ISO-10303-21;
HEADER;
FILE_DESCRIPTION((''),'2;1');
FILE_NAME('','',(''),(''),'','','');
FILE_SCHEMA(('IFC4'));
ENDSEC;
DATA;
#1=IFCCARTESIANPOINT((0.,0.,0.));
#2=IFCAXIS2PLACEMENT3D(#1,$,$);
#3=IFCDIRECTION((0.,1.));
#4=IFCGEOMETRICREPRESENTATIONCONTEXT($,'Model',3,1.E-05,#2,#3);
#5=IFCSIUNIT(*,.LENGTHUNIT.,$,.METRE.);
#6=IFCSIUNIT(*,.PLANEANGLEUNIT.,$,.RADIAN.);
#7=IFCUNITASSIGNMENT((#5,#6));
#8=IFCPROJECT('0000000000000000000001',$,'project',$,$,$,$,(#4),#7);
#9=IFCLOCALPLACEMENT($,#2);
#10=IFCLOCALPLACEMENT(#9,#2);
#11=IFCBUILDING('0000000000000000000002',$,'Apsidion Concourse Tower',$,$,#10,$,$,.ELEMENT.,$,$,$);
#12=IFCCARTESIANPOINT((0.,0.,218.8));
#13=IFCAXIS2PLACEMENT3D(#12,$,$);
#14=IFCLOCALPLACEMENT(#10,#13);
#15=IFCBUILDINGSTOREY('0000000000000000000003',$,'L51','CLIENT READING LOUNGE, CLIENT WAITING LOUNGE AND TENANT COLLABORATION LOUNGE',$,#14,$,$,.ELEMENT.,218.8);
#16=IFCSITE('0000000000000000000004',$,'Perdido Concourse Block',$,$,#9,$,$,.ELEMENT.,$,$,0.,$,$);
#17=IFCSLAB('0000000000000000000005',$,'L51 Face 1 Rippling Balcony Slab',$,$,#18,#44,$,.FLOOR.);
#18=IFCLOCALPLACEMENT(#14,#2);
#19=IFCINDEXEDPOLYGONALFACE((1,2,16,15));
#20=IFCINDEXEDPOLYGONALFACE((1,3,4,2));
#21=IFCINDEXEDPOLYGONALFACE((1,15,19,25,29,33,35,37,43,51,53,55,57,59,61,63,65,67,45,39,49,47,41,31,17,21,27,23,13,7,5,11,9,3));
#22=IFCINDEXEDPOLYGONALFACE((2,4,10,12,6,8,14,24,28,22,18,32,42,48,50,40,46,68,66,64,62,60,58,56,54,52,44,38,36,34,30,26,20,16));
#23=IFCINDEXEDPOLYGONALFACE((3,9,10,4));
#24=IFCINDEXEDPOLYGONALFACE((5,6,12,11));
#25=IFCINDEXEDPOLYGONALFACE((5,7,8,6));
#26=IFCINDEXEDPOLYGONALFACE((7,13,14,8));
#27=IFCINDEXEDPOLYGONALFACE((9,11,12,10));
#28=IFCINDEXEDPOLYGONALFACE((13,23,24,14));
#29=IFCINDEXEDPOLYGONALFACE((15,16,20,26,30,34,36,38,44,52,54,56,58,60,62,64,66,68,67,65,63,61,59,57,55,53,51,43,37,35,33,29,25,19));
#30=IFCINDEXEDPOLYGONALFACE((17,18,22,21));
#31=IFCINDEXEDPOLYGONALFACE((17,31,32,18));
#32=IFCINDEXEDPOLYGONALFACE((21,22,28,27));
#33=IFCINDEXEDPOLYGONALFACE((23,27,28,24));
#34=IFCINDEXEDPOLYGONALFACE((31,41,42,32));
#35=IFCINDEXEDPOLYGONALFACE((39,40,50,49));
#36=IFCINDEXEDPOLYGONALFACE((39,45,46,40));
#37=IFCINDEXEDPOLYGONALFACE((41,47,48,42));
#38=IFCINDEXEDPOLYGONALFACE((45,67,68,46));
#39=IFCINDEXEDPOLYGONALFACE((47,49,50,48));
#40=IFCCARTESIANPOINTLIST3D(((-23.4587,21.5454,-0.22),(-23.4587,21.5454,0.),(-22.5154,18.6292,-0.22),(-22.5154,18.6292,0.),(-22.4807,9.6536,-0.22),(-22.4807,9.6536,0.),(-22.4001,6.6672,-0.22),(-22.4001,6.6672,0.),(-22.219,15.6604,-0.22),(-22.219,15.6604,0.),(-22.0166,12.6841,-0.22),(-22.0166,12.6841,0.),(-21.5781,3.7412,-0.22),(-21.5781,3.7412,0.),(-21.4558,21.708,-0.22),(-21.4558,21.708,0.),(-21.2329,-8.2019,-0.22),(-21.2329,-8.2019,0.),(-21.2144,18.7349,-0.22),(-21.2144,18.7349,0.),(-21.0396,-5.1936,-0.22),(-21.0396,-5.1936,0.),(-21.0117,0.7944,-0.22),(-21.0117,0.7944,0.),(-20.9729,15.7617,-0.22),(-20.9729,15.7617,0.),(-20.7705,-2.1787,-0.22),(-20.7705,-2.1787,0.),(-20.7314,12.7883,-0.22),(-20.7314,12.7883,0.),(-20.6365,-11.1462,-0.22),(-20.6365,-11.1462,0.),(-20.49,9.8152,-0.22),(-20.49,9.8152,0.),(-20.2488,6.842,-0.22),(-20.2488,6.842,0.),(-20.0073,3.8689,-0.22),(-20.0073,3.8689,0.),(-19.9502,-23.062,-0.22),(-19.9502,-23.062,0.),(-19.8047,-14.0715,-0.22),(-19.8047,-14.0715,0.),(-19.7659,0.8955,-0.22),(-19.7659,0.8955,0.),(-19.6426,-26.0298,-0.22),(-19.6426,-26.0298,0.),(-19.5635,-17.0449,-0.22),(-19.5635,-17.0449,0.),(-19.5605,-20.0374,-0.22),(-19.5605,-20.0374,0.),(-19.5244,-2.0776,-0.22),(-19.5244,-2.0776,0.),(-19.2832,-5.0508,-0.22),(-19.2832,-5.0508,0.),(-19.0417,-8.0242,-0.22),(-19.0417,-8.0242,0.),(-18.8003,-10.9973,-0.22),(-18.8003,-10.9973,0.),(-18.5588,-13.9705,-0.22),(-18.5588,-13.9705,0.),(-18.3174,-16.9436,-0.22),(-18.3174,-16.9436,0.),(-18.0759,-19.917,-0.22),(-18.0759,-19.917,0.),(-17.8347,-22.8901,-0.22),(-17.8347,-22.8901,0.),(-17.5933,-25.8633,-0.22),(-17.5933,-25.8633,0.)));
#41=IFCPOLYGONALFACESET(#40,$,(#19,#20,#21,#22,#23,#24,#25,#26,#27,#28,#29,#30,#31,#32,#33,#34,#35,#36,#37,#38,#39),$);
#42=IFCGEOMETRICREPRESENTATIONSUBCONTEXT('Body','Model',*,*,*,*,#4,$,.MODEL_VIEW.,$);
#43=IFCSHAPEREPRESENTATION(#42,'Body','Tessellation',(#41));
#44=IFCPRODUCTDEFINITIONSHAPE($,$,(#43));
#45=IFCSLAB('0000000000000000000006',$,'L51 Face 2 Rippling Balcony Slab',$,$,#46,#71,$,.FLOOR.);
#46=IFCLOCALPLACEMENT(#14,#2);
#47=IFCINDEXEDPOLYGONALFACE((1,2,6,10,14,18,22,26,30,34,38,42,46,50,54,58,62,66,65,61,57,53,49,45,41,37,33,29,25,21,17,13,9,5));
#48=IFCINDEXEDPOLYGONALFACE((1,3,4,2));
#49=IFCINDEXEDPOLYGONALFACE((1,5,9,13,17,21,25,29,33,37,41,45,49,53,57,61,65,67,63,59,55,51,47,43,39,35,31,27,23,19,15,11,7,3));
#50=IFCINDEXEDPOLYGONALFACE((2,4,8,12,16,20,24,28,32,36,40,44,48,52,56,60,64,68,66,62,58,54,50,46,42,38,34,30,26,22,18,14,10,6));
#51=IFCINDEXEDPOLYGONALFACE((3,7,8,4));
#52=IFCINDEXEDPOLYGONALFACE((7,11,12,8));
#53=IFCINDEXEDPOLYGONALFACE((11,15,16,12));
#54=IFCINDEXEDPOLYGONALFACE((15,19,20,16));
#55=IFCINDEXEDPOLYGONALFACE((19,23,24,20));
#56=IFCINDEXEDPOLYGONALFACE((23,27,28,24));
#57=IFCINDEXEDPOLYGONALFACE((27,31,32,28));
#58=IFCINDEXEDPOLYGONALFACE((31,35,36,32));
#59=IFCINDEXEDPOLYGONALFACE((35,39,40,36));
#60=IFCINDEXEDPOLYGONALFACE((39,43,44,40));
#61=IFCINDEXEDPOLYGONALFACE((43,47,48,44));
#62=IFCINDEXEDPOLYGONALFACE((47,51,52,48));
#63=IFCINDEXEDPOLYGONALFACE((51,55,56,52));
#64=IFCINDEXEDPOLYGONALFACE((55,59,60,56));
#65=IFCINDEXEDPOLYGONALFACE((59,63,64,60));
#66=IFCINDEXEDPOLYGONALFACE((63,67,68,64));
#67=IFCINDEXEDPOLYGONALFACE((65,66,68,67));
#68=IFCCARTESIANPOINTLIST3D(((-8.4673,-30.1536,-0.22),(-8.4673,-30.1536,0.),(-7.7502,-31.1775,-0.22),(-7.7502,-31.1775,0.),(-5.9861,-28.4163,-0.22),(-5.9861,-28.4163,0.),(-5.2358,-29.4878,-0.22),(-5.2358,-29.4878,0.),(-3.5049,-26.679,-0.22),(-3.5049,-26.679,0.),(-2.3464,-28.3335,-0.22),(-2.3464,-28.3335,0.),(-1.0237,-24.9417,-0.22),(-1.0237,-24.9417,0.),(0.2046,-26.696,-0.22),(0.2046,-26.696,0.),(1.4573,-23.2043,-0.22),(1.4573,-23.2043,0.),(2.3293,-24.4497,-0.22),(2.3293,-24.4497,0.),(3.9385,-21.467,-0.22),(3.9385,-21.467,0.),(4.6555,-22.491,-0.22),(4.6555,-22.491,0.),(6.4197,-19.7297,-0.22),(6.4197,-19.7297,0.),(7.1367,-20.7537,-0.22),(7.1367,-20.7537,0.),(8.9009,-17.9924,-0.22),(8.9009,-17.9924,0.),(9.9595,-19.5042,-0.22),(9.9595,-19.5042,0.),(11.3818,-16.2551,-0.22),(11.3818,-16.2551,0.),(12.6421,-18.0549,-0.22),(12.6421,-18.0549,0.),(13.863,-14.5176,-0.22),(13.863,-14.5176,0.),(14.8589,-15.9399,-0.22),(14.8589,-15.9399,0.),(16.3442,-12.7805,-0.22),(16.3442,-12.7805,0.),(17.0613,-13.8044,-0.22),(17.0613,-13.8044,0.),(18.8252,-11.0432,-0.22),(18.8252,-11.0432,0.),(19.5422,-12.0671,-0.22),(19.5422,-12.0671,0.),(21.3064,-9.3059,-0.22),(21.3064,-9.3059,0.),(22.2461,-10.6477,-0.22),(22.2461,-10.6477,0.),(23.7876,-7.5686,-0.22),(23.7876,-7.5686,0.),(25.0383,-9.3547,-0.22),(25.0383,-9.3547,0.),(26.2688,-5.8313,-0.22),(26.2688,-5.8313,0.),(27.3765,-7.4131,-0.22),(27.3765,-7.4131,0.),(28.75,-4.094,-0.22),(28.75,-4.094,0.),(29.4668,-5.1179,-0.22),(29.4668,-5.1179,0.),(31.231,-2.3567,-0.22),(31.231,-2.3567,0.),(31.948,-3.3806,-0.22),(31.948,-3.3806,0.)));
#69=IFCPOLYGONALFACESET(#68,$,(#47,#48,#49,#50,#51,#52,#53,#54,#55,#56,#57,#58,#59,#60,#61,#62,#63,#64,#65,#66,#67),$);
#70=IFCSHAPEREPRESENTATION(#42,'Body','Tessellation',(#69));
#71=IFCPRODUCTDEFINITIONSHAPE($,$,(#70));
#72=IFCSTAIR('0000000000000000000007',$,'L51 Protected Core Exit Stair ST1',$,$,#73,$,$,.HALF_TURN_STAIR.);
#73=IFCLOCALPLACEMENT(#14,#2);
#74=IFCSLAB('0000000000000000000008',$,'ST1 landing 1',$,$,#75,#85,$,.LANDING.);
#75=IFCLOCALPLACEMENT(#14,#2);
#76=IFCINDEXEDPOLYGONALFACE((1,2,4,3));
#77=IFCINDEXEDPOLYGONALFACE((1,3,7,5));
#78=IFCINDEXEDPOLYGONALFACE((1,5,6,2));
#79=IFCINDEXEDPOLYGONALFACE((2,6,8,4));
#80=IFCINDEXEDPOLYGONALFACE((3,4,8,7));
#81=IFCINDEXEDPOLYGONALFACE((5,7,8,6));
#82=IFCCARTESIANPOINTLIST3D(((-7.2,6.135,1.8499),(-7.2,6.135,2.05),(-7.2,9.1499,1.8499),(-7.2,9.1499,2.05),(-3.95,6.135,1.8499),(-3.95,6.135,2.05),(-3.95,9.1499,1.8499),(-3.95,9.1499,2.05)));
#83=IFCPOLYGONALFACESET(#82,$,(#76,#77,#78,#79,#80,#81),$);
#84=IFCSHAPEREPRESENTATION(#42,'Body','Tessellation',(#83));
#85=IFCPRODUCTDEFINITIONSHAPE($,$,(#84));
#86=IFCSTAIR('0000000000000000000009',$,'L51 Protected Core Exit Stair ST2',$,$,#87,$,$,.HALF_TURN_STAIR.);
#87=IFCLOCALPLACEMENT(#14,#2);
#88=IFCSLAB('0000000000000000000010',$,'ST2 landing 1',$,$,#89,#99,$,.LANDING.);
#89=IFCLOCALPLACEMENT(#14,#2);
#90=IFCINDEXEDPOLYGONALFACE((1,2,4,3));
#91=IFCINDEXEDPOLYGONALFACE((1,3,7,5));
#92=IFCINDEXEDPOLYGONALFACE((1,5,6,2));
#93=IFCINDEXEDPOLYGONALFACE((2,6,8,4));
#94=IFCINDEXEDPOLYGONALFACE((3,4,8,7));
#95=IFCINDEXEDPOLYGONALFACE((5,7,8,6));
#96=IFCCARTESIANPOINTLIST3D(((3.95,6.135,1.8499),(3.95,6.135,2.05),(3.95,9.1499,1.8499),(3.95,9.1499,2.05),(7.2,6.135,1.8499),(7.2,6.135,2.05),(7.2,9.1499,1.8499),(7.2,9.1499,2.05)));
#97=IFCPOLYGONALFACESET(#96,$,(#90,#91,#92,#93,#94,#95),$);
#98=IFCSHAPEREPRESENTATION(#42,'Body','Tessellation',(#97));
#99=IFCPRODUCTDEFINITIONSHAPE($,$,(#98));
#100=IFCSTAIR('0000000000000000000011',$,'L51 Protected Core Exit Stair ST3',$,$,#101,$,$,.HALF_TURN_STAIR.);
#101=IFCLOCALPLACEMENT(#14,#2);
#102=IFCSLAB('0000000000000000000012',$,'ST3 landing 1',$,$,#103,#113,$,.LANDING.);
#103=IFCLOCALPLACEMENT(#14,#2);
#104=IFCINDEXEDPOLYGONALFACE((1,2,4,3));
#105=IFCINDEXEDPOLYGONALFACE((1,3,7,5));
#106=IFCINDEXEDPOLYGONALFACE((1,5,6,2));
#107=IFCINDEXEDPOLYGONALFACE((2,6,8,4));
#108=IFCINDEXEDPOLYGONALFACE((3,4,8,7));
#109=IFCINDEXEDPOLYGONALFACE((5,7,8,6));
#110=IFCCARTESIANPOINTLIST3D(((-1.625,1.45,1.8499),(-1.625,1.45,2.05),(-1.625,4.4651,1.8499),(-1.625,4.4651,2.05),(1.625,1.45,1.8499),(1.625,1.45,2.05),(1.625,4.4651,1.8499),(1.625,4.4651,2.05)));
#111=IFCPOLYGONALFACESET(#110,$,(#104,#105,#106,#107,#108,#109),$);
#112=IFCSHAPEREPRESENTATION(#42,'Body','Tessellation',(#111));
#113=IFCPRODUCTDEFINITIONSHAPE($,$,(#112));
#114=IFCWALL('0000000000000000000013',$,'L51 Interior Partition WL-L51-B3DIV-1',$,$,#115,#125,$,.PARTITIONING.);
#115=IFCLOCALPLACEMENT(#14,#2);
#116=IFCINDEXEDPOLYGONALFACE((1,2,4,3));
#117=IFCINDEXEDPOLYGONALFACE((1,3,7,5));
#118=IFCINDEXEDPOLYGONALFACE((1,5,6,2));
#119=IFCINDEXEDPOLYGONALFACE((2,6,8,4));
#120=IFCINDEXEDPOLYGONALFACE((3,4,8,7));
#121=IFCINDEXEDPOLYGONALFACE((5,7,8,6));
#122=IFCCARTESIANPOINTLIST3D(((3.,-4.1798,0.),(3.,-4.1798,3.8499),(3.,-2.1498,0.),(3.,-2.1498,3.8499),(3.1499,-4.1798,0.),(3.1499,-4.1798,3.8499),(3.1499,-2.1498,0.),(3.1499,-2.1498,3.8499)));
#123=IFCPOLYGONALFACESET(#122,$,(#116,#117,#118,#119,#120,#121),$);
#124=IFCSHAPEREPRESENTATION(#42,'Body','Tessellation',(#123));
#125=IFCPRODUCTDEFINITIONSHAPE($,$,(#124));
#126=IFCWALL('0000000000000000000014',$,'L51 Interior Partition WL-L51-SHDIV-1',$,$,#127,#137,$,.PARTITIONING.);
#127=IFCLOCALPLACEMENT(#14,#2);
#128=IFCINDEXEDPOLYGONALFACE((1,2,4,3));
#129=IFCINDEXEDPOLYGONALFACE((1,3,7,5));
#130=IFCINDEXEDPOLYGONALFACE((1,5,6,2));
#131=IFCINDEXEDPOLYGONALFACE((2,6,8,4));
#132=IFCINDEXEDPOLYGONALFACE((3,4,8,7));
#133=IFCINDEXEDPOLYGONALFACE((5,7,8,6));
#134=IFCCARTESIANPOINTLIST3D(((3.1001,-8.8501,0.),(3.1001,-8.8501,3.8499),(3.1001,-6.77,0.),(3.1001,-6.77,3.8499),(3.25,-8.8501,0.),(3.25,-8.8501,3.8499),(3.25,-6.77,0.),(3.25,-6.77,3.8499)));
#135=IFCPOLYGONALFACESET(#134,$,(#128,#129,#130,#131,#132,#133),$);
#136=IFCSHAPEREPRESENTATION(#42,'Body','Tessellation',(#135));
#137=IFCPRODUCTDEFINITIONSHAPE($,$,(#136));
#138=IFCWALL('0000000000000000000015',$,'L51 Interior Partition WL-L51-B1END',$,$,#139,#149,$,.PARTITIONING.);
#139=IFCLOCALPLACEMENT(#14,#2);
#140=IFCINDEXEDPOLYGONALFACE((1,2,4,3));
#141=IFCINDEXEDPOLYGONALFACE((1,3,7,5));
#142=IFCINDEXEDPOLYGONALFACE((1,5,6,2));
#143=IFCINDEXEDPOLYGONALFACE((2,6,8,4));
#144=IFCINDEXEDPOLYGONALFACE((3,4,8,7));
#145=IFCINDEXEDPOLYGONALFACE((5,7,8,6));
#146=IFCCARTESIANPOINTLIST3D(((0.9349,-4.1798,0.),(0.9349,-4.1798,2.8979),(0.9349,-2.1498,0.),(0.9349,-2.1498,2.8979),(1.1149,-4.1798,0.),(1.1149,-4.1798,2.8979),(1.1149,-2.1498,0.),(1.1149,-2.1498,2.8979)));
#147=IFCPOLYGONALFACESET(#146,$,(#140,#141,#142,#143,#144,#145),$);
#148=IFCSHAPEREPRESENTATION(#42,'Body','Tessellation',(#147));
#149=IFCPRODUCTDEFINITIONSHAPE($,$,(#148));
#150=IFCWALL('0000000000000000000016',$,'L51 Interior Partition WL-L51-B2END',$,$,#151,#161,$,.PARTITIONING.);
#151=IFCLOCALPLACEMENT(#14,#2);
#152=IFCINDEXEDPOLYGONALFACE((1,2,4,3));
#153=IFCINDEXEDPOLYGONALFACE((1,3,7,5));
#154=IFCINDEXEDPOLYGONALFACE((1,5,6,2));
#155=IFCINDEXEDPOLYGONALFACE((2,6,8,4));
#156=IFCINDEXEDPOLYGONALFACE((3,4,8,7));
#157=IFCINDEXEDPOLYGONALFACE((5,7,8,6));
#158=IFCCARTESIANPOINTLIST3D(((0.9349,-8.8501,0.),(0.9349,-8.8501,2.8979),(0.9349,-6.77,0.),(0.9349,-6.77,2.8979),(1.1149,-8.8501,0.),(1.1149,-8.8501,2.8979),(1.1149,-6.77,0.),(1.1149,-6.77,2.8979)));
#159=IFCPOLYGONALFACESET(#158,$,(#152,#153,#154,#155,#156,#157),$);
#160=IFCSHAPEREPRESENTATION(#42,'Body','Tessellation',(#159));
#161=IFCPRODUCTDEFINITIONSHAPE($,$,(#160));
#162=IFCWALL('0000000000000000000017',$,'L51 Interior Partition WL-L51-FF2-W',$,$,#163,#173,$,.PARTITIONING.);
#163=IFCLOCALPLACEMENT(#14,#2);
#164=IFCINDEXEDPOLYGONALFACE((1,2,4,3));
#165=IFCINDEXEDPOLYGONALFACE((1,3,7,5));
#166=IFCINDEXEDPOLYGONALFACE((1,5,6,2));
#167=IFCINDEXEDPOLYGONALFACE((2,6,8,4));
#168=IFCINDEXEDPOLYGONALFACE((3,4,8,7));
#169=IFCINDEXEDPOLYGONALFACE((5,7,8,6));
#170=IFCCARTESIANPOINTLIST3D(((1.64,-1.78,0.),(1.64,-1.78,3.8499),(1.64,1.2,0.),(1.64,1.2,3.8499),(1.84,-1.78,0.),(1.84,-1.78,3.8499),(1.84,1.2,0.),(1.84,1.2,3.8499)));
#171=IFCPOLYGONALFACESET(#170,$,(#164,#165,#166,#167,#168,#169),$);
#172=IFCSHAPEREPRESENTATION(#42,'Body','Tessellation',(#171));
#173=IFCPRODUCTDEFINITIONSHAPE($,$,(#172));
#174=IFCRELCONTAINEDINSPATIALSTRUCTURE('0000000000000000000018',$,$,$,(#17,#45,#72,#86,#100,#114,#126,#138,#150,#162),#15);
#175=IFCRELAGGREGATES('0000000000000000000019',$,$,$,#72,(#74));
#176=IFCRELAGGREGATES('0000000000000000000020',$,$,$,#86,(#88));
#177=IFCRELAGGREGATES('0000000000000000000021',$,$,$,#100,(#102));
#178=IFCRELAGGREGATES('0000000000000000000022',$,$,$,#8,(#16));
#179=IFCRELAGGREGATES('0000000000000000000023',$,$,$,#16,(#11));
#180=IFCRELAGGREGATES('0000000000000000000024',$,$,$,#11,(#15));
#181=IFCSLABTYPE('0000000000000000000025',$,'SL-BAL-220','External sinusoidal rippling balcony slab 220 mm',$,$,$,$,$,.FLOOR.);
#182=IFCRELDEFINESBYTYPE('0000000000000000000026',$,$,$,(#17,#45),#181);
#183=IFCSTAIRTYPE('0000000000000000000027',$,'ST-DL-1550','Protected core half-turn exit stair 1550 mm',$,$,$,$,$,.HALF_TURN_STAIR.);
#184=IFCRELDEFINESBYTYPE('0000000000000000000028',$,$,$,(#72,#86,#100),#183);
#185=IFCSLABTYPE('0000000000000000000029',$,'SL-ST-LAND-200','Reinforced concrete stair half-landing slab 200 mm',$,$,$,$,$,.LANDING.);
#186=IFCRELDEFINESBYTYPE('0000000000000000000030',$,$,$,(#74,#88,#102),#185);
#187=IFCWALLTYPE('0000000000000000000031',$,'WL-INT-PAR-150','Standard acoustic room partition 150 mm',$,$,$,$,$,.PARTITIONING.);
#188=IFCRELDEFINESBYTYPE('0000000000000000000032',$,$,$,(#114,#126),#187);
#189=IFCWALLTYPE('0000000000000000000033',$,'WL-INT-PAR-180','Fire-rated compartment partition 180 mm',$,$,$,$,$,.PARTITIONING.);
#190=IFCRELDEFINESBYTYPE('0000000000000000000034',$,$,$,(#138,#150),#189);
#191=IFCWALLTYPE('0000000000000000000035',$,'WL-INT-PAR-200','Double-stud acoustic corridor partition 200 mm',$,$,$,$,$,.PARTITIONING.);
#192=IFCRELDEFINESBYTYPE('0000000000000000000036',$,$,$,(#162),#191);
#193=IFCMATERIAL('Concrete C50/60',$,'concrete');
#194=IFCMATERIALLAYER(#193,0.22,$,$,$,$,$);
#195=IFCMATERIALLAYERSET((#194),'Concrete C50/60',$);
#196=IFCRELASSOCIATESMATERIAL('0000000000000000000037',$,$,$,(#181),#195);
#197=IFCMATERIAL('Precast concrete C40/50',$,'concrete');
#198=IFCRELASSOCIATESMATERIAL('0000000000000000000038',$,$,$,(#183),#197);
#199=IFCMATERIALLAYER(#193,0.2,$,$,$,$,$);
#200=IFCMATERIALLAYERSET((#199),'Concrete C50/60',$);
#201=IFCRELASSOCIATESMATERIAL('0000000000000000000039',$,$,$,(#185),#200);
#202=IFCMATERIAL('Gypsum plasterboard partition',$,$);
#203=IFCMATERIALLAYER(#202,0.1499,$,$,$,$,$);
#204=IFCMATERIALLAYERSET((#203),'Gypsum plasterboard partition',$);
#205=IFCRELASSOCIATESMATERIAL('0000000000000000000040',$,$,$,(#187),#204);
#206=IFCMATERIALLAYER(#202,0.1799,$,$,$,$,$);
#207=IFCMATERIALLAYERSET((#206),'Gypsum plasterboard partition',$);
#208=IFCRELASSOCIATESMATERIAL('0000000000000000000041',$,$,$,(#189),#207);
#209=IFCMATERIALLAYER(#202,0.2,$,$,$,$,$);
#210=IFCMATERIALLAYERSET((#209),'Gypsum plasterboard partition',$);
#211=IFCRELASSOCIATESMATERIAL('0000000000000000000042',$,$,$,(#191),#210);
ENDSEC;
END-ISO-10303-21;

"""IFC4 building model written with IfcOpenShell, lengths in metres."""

from ifc_helpers import new_model, si_unit, direction, frame, frame_2d, origin, place, context, subcontext, project, spatial, polyline, rectangle, outline, extrude, material, layer, layer_set, type_object, element, aggregate, save


model = new_model("IFC4")

# Units and contexts
model_context = context("Model", 3, precision=1e-05, world=origin(), true_north=direction((0.0, 1.0)))
body_context = subcontext(model_context, "Body", "Model", "MODEL_VIEW")
ifc_project = project(units=[si_unit("LENGTHUNIT", "METRE"), si_unit("PLANEANGLEUNIT", "RADIAN")], contexts=[model_context])

# Site, building, storey
site_placement = place(None, origin())
site = spatial("IfcSite", under=ifc_project, at=site_placement, Name="Perdido Concourse Block", CompositionType="ELEMENT", RefElevation=0.0)
building_placement = place(site_placement, origin())
building = spatial("IfcBuilding", under=site, at=building_placement, Name="Apsidion Concourse Tower", CompositionType="ELEMENT")
storey_placement = place(building_placement, frame((0.0, 0.0, 218.8)))
storey = spatial("IfcBuildingStorey", under=building, at=storey_placement, Name="L51", Description="CLIENT READING LOUNGE, CLIENT WAITING LOUNGE AND TENANT COLLABORATION LOUNGE", CompositionType="ELEMENT", Elevation=218.8)

# Shared definitions
ifc_material_1 = material(Name="Concrete C50/60", Category="concrete")

# Slabs
ifc_layer_1 = layer(ifc_material_1, 0.22)
ifc_layer_set_1 = layer_set([ifc_layer_1], Name="Concrete C50/60")
slab_type_1 = type_object("IfcSlabType", Name="SL-BAL-220", Description="External sinusoidal rippling balcony slab 220 mm", PredefinedType="FLOOR", material=ifc_layer_set_1)
slab_1_placement = place(storey_placement, frame((0.0, 0.0, -0.22)))
element("IfcSlab", 1, at=slab_1_placement, inside=storey, type_object=slab_type_1, Name="L51 Face 1 Rippling Balcony Slab", PredefinedType="FLOOR", context=body_context, shape_type="SweptSolid", body=[
    extrude(outline(polyline([(-21.4558, 21.708), (-21.2144, 18.7349), (-20.9729, 15.7617), (-20.7314, 12.7883), (-20.49, 9.8152), (-20.2488, 6.842), (-20.0073, 3.8689), (-19.7659, 0.8955), (-19.5244, -2.0776), (-19.2832, -5.0508), (-19.0417, -8.0242), (-18.8003, -10.9973), (-18.5588, -13.9705), (-18.3174, -16.9436), (-18.0759, -19.917), (-17.8347, -22.8901), (-17.5933, -25.8633), (-19.6426, -26.0298), (-19.9502, -23.062), (-19.5605, -20.0374), (-19.5635, -17.0449), (-19.8047, -14.0715), (-20.6365, -11.1462), (-21.2329, -8.2019), (-21.0396, -5.1936), (-20.7705, -2.1787), (-21.0117, 0.7944), (-21.5781, 3.7412), (-22.4001, 6.6672), (-22.4807, 9.6536), (-22.0166, 12.6841), (-22.219, 15.6604), (-22.5154, 18.6292), (-23.4587, 21.5454), (-21.4558, 21.708)])), origin(), (0.0, 0.0, 1.0), 0.22),
])
slab_2_placement = place(storey_placement, frame((0.0, 0.0, -0.22)))
element("IfcSlab", 2, at=slab_2_placement, inside=storey, type_object=slab_type_1, Name="L51 Face 2 Rippling Balcony Slab", PredefinedType="FLOOR", context=body_context, shape_type="SweptSolid", body=[
    extrude(outline(polyline([(-8.4673, -30.1536), (-5.9861, -28.4163), (-3.5049, -26.679), (-1.0237, -24.9417), (1.4573, -23.2043), (3.9385, -21.467), (6.4197, -19.7297), (8.9009, -17.9924), (11.3818, -16.2551), (13.863, -14.5176), (16.3442, -12.7805), (18.8252, -11.0432), (21.3064, -9.3059), (23.7876, -7.5686), (26.2688, -5.8313), (28.75, -4.094), (31.231, -2.3567), (31.948, -3.3806), (29.4668, -5.1179), (27.3765, -7.4131), (25.0383, -9.3547), (22.2461, -10.6477), (19.5422, -12.0671), (17.0613, -13.8044), (14.8589, -15.9399), (12.6421, -18.0549), (9.9595, -19.5042), (7.1367, -20.7537), (4.6555, -22.491), (2.3293, -24.4497), (0.2046, -26.696), (-2.3464, -28.3335), (-5.2358, -29.4878), (-7.7502, -31.1775), (-8.4673, -30.1536)])), origin(), (0.0, 0.0, 1.0), 0.22),
])

# Stairs, slabs
ifc_material_2 = material(Name="Precast concrete C40/50", Category="concrete")
stair_type = type_object("IfcStairType", Name="ST-DL-1550", Description="Protected core half-turn exit stair 1550 mm", PredefinedType="HALF_TURN_STAIR", material=ifc_material_2)
stair_1_placement = place(storey_placement, origin())
stair_1 = element("IfcStair", 3, at=stair_1_placement, inside=storey, type_object=stair_type, Name="L51 Protected Core Exit Stair ST1", PredefinedType="HALF_TURN_STAIR")
ifc_layer_2 = layer(ifc_material_1, 0.2)
ifc_layer_set_2 = layer_set([ifc_layer_2], Name="Concrete C50/60")
slab_type_2 = type_object("IfcSlabType", Name="SL-ST-LAND-200", Description="Reinforced concrete stair half-landing slab 200 mm", PredefinedType="LANDING", material=ifc_layer_set_2)
slab_3_placement = place(storey_placement, frame((0.0, 0.0, 1.8499)))
slab_3 = element("IfcSlab", 4, at=slab_3_placement, type_object=slab_type_2, Name="ST1 landing 1", PredefinedType="LANDING", context=body_context, shape_type="SweptSolid", body=[
    extrude(outline(polyline([(-3.95, 6.135), (-3.95, 9.1499), (-7.2, 9.1499), (-7.2, 6.135), (-3.95, 6.135)])), origin(), (0.0, 0.0, 1.0), 0.2002),
])
aggregate(stair_1, [slab_3])
stair_2_placement = place(storey_placement, origin())
stair_2 = element("IfcStair", 5, at=stair_2_placement, inside=storey, type_object=stair_type, Name="L51 Protected Core Exit Stair ST2", PredefinedType="HALF_TURN_STAIR")
slab_4_placement = place(storey_placement, frame((0.0, 0.0, 1.8499)))
slab_4 = element("IfcSlab", 6, at=slab_4_placement, type_object=slab_type_2, Name="ST2 landing 1", PredefinedType="LANDING", context=body_context, shape_type="SweptSolid", body=[
    extrude(outline(polyline([(7.2, 6.135), (7.2, 9.1499), (3.95, 9.1499), (3.95, 6.135), (7.2, 6.135)])), origin(), (0.0, 0.0, 1.0), 0.2002),
])
aggregate(stair_2, [slab_4])
stair_3_placement = place(storey_placement, origin())
stair_3 = element("IfcStair", 7, at=stair_3_placement, inside=storey, type_object=stair_type, Name="L51 Protected Core Exit Stair ST3", PredefinedType="HALF_TURN_STAIR")
slab_5_placement = place(storey_placement, frame((0.0, 0.0, 1.8499)))
slab_5 = element("IfcSlab", 8, at=slab_5_placement, type_object=slab_type_2, Name="ST3 landing 1", PredefinedType="LANDING", context=body_context, shape_type="SweptSolid", body=[
    extrude(outline(polyline([(-1.625, 4.4651), (-1.625, 1.45), (1.625, 1.45), (1.625, 4.4651), (-1.625, 4.4651)])), origin(), (0.0, 0.0, 1.0), 0.2002),
])
aggregate(stair_3, [slab_5])

# Walls
ifc_material_3 = material(Name="Gypsum plasterboard partition")
ifc_layer_3 = layer(ifc_material_3, 0.1499)
ifc_layer_set_3 = layer_set([ifc_layer_3], Name="Gypsum plasterboard partition")
wall_type_1 = type_object("IfcWallType", Name="WL-INT-PAR-150", Description="Standard acoustic room partition 150 mm", PredefinedType="PARTITIONING", material=ifc_layer_set_3)
wall_1_placement = place(storey_placement, frame((3.075, -4.1799, 0.0), z_axis=(0.0, 0.0, 1.0), x_axis=(0.0, 1.0, 0.0)))
element("IfcWall", 9, at=wall_1_placement, inside=storey, type_object=wall_type_1, Name="L51 Interior Partition WL-L51-B3DIV-1", PredefinedType="PARTITIONING", context=body_context, shape_type="SweptSolid", body=[
    extrude(rectangle(XDim=2.03, YDim=0.1499, at=frame_2d((1.0151, 0.0))), origin(), (0.0, 0.0, 1.0), 3.8499),
])
wall_2_placement = place(storey_placement, frame((3.175, -8.8501, 0.0), z_axis=(0.0, 0.0, 1.0), x_axis=(0.0, 1.0, 0.0)))
element("IfcWall", 10, at=wall_2_placement, inside=storey, type_object=wall_type_1, Name="L51 Interior Partition WL-L51-SHDIV-1", PredefinedType="PARTITIONING", context=body_context, shape_type="SweptSolid", body=[
    extrude(rectangle(XDim=2.0801, YDim=0.1499, at=frame_2d((1.04, 0.0))), origin(), (0.0, 0.0, 1.0), 3.8499),
])
ifc_layer_4 = layer(ifc_material_3, 0.1799)
ifc_layer_set_4 = layer_set([ifc_layer_4], Name="Gypsum plasterboard partition")
wall_type_2 = type_object("IfcWallType", Name="WL-INT-PAR-180", Description="Fire-rated compartment partition 180 mm", PredefinedType="PARTITIONING", material=ifc_layer_set_4)
wall_3_placement = place(storey_placement, frame((1.0249, -4.1799, 0.0), z_axis=(0.0, 0.0, 1.0), x_axis=(0.0, 1.0, 0.0)))
element("IfcWall", 11, at=wall_3_placement, inside=storey, type_object=wall_type_2, Name="L51 Interior Partition WL-L51-B1END", PredefinedType="PARTITIONING", context=body_context, shape_type="SweptSolid", body=[
    extrude(rectangle(XDim=2.03, YDim=0.1799, at=frame_2d((1.0151, 0.0))), origin(), (0.0, 0.0, 1.0), 2.8979),
])
wall_4_placement = place(storey_placement, frame((1.0249, -8.8501, 0.0), z_axis=(0.0, 0.0, 1.0), x_axis=(0.0, 1.0, 0.0)))
element("IfcWall", 12, at=wall_4_placement, inside=storey, type_object=wall_type_2, Name="L51 Interior Partition WL-L51-B2END", PredefinedType="PARTITIONING", context=body_context, shape_type="SweptSolid", body=[
    extrude(rectangle(XDim=2.0801, YDim=0.1799, at=frame_2d((1.04, 0.0))), origin(), (0.0, 0.0, 1.0), 2.8979),
])
ifc_layer_5 = layer(ifc_material_3, 0.2)
ifc_layer_set_5 = layer_set([ifc_layer_5], Name="Gypsum plasterboard partition")
wall_type_3 = type_object("IfcWallType", Name="WL-INT-PAR-200", Description="Double-stud acoustic corridor partition 200 mm", PredefinedType="PARTITIONING", material=ifc_layer_set_5)
wall_5_placement = place(storey_placement, frame((1.74, -1.78, 0.0), z_axis=(0.0, 0.0, 1.0), x_axis=(0.0, 1.0, 0.0)))
element("IfcWall", 13, at=wall_5_placement, inside=storey, type_object=wall_type_3, Name="L51 Interior Partition WL-L51-FF2-W", PredefinedType="PARTITIONING", context=body_context, shape_type="SweptSolid", body=[
    extrude(rectangle(XDim=2.98, YDim=0.2, at=frame_2d((1.49, 0.0))), origin(), (0.0, 0.0, 1.0), 3.8499),
])

save(model, "model.ifc")
